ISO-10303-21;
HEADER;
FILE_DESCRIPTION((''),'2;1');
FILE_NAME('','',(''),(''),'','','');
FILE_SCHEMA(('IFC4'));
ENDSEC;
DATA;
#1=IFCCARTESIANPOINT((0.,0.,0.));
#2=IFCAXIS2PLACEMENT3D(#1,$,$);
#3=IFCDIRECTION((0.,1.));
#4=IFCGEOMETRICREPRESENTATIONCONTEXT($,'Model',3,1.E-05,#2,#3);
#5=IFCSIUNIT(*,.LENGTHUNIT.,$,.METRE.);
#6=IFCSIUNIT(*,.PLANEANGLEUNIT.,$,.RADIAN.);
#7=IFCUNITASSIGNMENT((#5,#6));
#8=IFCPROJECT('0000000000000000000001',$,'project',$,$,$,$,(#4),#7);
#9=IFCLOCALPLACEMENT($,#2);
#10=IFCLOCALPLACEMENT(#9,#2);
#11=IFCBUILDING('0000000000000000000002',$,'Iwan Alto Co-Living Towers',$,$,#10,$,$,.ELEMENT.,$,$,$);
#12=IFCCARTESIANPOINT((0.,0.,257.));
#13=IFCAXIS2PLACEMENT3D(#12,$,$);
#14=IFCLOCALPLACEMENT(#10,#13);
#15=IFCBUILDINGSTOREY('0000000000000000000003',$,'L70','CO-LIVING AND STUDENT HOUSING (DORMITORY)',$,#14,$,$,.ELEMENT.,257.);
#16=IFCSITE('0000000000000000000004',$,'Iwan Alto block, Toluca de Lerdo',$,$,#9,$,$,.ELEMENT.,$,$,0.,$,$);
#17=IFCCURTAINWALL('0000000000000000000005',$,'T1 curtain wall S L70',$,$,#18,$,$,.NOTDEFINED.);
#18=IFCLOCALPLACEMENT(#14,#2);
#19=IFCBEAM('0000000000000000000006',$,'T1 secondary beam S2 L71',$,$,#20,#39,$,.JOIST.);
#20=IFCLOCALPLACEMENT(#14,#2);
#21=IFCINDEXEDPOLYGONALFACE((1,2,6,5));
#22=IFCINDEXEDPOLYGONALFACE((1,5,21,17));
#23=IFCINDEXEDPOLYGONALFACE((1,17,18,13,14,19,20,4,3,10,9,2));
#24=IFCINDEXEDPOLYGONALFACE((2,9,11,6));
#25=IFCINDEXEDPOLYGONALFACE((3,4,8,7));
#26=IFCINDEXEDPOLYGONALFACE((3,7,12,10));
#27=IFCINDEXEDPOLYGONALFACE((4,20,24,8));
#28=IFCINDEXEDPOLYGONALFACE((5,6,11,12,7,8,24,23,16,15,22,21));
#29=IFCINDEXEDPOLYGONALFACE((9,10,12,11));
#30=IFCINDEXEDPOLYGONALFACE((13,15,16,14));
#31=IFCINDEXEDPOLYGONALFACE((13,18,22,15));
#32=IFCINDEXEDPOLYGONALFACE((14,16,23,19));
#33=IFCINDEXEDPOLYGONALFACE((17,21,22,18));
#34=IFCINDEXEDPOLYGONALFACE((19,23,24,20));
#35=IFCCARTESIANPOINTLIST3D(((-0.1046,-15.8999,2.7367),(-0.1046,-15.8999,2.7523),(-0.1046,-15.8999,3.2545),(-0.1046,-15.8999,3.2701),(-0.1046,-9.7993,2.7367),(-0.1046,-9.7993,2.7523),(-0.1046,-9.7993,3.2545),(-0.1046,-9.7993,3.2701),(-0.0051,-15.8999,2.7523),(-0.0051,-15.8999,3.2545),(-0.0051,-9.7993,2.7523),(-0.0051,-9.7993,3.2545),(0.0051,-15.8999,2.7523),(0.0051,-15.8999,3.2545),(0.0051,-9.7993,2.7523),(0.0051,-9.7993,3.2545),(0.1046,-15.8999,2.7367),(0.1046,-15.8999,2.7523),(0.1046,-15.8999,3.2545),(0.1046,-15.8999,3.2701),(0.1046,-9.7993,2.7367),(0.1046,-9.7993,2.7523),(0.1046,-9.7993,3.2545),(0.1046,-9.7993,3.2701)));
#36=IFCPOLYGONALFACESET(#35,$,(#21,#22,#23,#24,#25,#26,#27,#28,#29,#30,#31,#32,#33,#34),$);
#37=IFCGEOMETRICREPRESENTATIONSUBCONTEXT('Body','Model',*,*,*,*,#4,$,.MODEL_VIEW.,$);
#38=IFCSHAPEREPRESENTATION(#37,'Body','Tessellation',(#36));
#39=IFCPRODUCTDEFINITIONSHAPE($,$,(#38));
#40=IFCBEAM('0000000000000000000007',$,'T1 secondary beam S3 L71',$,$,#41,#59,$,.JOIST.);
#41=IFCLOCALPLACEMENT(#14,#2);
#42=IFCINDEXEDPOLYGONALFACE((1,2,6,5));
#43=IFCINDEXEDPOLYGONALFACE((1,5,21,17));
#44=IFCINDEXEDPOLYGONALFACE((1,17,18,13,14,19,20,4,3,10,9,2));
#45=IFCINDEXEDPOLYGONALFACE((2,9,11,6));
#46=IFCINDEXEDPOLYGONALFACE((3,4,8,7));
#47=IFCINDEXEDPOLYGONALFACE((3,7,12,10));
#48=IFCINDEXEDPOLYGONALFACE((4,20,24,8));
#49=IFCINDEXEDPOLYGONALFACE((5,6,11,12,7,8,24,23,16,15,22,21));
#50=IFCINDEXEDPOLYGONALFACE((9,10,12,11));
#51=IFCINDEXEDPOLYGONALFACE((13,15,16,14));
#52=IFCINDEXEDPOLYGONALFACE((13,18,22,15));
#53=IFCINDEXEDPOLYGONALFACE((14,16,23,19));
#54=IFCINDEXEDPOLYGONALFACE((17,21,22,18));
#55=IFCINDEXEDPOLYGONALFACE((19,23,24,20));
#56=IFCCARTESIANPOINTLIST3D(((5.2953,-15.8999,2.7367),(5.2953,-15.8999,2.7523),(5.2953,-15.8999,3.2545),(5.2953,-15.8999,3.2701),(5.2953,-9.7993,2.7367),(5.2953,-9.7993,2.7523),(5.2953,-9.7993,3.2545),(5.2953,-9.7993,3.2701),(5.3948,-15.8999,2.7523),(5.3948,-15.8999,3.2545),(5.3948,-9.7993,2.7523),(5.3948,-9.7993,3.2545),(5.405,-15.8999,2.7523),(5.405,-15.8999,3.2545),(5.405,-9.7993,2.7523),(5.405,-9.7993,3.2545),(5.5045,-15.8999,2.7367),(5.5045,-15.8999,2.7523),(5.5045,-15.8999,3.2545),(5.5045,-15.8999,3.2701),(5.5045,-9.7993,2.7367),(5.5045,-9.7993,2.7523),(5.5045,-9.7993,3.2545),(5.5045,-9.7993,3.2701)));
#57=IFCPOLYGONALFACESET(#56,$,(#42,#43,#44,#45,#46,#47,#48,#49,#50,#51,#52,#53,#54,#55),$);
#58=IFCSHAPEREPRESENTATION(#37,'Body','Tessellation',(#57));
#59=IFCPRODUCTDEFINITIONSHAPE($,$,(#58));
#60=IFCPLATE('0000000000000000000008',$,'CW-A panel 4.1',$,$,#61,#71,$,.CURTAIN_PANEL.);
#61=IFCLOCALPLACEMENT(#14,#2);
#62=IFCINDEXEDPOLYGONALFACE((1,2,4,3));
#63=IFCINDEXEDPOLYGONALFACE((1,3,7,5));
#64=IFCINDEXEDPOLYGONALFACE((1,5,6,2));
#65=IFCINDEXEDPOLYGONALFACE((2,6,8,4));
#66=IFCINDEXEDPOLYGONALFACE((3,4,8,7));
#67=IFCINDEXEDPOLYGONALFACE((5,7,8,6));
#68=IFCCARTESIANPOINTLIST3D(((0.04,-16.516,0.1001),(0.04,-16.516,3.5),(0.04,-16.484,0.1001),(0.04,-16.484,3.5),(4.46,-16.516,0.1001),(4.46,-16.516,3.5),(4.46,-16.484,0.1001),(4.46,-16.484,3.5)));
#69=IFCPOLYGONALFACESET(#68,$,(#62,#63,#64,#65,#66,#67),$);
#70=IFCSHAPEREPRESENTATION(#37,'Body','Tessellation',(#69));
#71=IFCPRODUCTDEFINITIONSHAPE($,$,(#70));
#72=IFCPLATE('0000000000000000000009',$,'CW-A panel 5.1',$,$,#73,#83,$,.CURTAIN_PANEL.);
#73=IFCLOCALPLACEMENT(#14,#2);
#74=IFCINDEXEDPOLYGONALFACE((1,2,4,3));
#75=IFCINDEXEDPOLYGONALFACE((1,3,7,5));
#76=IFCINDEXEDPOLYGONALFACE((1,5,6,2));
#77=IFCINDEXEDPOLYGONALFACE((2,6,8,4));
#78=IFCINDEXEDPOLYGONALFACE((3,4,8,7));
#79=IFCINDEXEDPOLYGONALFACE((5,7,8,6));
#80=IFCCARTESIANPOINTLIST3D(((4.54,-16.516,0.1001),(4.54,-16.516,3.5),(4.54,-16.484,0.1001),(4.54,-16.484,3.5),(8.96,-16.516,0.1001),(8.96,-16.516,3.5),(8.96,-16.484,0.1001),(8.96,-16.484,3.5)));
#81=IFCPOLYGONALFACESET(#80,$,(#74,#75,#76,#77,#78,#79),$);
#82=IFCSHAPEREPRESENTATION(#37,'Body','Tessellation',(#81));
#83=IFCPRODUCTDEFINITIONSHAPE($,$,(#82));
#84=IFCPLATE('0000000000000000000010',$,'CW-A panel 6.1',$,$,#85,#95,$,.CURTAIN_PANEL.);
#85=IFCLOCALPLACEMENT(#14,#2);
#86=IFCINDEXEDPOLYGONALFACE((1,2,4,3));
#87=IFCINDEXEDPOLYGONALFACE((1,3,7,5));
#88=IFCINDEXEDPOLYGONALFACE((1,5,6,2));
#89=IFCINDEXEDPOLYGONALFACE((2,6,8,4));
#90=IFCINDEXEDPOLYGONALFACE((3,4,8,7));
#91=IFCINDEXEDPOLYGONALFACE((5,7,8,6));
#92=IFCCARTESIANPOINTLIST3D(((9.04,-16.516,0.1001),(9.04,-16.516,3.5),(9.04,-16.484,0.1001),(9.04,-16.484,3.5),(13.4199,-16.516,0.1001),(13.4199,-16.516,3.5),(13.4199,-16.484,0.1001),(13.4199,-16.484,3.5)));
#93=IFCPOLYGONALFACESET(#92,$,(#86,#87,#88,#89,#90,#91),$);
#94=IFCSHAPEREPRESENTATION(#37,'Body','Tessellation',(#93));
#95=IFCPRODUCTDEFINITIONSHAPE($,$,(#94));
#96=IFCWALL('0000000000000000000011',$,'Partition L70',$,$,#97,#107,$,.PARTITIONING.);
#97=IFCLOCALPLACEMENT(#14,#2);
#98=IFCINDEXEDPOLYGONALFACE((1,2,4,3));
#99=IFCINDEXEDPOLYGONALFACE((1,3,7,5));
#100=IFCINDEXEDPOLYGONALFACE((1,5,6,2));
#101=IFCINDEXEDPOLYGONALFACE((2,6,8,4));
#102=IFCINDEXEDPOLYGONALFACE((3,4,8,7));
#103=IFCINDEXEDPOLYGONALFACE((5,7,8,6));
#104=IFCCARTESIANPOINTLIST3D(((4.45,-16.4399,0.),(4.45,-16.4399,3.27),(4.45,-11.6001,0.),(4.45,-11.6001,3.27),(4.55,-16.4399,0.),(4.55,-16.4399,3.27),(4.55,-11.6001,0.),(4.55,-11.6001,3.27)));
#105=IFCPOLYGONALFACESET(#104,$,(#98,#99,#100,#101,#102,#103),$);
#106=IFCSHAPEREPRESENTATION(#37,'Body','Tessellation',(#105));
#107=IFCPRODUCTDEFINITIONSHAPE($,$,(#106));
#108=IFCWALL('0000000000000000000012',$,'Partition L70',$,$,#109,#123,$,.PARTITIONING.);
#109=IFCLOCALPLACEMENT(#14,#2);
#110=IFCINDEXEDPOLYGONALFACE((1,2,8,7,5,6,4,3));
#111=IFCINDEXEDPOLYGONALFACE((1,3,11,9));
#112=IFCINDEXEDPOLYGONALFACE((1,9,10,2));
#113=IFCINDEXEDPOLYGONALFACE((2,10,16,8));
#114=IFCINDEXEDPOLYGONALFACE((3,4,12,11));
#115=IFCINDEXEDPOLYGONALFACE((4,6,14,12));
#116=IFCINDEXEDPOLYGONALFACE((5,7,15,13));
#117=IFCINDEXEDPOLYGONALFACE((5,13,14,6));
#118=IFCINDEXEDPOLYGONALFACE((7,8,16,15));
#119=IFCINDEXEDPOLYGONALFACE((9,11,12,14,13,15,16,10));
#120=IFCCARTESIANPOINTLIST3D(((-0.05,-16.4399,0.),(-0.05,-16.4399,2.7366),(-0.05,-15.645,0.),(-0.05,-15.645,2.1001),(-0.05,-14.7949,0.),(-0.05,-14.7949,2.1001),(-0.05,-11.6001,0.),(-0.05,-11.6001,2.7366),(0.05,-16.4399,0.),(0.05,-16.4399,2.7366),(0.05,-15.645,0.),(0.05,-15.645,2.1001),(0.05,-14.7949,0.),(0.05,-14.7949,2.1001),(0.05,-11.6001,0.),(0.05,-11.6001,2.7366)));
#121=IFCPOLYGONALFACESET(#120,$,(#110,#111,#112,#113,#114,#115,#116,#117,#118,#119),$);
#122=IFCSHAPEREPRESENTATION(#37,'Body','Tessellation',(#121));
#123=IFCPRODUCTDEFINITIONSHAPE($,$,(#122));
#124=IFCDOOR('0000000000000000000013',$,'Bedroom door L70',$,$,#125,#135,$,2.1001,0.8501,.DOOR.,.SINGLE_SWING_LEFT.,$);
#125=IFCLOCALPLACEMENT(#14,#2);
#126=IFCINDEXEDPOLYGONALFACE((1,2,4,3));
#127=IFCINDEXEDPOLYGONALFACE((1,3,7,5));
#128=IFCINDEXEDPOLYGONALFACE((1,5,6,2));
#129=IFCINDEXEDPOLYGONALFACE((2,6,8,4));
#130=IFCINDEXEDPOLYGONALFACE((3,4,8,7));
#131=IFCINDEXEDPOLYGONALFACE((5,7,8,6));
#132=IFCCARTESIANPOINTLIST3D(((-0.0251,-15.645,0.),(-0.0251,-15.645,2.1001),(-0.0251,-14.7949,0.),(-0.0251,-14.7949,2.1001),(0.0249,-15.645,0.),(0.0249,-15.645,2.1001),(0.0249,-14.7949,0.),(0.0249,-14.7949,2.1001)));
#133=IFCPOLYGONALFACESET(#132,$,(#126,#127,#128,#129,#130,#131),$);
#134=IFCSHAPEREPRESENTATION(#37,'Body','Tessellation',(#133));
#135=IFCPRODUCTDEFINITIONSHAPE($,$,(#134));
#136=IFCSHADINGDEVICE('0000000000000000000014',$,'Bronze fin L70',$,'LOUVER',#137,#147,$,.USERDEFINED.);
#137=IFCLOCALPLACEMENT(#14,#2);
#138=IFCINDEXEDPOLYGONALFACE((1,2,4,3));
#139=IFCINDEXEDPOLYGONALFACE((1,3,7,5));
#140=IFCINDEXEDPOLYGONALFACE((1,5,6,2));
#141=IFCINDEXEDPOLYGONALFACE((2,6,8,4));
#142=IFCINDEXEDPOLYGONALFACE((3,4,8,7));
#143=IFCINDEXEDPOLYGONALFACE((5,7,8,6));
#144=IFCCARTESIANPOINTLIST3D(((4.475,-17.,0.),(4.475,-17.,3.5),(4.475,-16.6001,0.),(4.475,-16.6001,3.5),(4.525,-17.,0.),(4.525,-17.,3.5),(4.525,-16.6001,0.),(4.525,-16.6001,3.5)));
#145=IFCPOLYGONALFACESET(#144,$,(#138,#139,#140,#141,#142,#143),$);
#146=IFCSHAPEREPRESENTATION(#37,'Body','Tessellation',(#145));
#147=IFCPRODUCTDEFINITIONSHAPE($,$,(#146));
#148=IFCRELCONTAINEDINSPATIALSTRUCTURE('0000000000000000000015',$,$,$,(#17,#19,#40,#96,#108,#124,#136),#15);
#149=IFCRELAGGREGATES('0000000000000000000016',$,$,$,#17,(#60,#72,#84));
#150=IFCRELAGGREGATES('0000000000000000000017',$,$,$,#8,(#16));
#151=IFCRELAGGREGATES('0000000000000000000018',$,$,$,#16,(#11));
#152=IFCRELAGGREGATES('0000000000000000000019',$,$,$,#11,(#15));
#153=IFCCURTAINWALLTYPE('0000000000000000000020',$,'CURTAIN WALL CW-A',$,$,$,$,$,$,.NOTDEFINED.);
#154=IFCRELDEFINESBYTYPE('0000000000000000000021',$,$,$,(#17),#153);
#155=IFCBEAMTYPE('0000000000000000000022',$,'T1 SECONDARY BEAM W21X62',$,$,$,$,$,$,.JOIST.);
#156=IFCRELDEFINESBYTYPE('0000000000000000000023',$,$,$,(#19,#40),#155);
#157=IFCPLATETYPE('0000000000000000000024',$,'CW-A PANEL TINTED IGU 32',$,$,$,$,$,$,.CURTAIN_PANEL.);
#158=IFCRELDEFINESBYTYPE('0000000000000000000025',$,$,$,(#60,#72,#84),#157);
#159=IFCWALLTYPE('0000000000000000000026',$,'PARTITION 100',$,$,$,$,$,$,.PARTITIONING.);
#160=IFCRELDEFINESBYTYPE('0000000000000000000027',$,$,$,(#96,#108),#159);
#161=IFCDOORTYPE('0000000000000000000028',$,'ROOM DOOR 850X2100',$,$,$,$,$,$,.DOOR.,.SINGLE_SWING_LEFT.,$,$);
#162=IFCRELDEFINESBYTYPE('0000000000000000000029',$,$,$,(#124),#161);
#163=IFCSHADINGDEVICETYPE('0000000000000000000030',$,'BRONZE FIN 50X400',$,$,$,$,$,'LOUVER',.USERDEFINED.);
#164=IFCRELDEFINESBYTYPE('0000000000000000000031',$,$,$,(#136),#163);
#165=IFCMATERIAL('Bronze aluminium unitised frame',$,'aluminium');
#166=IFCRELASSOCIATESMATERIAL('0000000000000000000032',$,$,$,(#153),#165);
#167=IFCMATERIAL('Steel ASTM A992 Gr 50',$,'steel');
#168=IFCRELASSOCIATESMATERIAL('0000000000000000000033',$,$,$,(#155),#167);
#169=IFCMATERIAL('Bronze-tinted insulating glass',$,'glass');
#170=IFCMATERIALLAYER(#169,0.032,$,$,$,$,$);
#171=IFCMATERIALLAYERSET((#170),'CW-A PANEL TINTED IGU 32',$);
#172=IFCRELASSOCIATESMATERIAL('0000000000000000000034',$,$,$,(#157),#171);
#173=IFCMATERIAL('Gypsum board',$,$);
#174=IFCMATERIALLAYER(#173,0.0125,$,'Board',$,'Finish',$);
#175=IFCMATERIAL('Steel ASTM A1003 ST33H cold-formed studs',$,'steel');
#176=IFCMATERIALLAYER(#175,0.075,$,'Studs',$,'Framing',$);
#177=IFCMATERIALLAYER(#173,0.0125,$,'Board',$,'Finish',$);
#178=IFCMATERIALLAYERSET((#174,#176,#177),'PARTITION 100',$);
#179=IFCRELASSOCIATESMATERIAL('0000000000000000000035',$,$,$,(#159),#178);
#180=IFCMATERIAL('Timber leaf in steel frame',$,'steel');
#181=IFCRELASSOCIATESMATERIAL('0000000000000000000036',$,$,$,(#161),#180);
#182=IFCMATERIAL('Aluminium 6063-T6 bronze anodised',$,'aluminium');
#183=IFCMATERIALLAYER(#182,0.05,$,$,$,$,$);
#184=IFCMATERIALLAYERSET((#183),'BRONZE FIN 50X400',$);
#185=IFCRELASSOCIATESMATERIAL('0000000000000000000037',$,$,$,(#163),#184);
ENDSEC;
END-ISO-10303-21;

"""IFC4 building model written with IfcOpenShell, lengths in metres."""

from ifc_helpers import new_model, si_unit, direction, frame, frame_2d, origin, origin_2d, place, context, subcontext, project, spatial, rectangle, i_section, extrude, material, layer, layer_set, material_profile, profile_set, type_object, element, fill, aggregate, save


model = new_model("IFC4")

# Units and contexts
model_context = context("Model", 3, precision=1e-05, world=origin(), true_north=direction((0.0, 1.0)))
body_context = subcontext(model_context, "Body", "Model", "MODEL_VIEW")
ifc_project = project(units=[si_unit("LENGTHUNIT", "METRE"), si_unit("PLANEANGLEUNIT", "RADIAN")], contexts=[model_context])

# Site, building, storey
site_placement = place(None, origin())
site = spatial("IfcSite", under=ifc_project, at=site_placement, Name="Iwan Alto block, Toluca de Lerdo", CompositionType="ELEMENT", RefElevation=0.0)
building_placement = place(site_placement, origin())
building = spatial("IfcBuilding", under=site, at=building_placement, Name="Iwan Alto Co-Living Towers", CompositionType="ELEMENT")
storey_placement = place(building_placement, frame((0.0, 0.0, 257.0)))
storey = spatial("IfcBuildingStorey", under=building, at=storey_placement, Name="L70", Description="CO-LIVING AND STUDENT HOUSING (DORMITORY)", CompositionType="ELEMENT", Elevation=257.0)

# Curtain wall
ifc_material_1 = material(Name="Bronze aluminium unitised frame", Category="aluminium")
curtain_wall_type = type_object("IfcCurtainWallType", Name="CURTAIN WALL CW-A", PredefinedType="NOTDEFINED", material=ifc_material_1)
curtain_wall_placement = place(storey_placement, origin())
curtain_wall = element("IfcCurtainWall", 1, at=curtain_wall_placement, inside=storey, type_object=curtain_wall_type, Name="T1 curtain wall S L70", PredefinedType="NOTDEFINED")

# Beams
ifc_material_2 = material(Name="Steel ASTM A992 Gr 50", Category="steel")
ifc_material_profile_1 = material_profile(ifc_material_2, i_section(OverallWidth=0.2092, OverallDepth=0.5334, WebThickness=0.0103, FlangeThickness=0.0156, at=origin_2d()), Name="W21X62")
ifc_profile_set_1 = profile_set([ifc_material_profile_1], Name="Steel ASTM A992 Gr 50")
beam_type_1 = type_object("IfcBeamType", Name="T1 SECONDARY BEAM W21X62", PredefinedType="JOIST", material=ifc_profile_set_1)
for number, where, z_axis, x_axis, name in (
    (2, (0.0, -15.8999, 3.0034), (0.0, 1.0, 0.0), (-1.0, 0.0, 0.0), "T1 secondary beam S2 L71"),
    (3, (5.3999, -15.8999, 3.0034), (0.0, 1.0, 0.0), (-1.0, 0.0, 0.0), "T1 secondary beam S3 L71"),
):
    element("IfcBeam", number, at=place(storey_placement, frame(where, z_axis=z_axis, x_axis=x_axis)), inside=storey, type_object=beam_type_1, Name=name, PredefinedType="JOIST", context=body_context, shape_type="SweptSolid", body=[
        extrude(i_section(OverallWidth=0.2092, OverallDepth=0.5334, WebThickness=0.0103, FlangeThickness=0.0156, at=origin_2d()), origin(), (0.0, 0.0, 1.0), 6.1006),
    ])

# Plates
ifc_material_3 = material(Name="Bronze-tinted insulating glass", Category="glass")
ifc_layer_1 = layer(ifc_material_3, 0.032)
ifc_layer_set_1 = layer_set([ifc_layer_1], Name="CW-A PANEL TINTED IGU 32")
plate_type = type_object("IfcPlateType", Name="CW-A PANEL TINTED IGU 32", PredefinedType="CURTAIN_PANEL", material=ifc_layer_set_1)
plate_1_placement = place(storey_placement, frame((2.25, -16.5, 0.1001), z_axis=(0.0, 0.0, 1.0), x_axis=(1.0, 0.0, 0.0)))
plate_1 = element("IfcPlate", 4, at=plate_1_placement, type_object=plate_type, Name="CW-A panel 4.1", PredefinedType="CURTAIN_PANEL", context=body_context, shape_type="SweptSolid", body=[
    extrude(rectangle(XDim=4.4199, YDim=0.032, at=origin_2d()), origin(), (0.0, 0.0, 1.0), 3.3999),
])
plate_2_placement = place(storey_placement, frame((6.75, -16.5, 0.1001), z_axis=(0.0, 0.0, 1.0), x_axis=(1.0, 0.0, 0.0)))
plate_2 = element("IfcPlate", 5, at=plate_2_placement, type_object=plate_type, Name="CW-A panel 5.1", PredefinedType="CURTAIN_PANEL", context=body_context, shape_type="SweptSolid", body=[
    extrude(rectangle(XDim=4.4199, YDim=0.032, at=origin_2d()), origin(), (0.0, 0.0, 1.0), 3.3999),
])
plate_3_placement = place(storey_placement, frame((11.23, -16.5, 0.1001), z_axis=(0.0, 0.0, 1.0), x_axis=(1.0, 0.0, 0.0)))
plate_3 = element("IfcPlate", 6, at=plate_3_placement, type_object=plate_type, Name="CW-A panel 6.1", PredefinedType="CURTAIN_PANEL", context=body_context, shape_type="SweptSolid", body=[
    extrude(rectangle(XDim=4.3799, YDim=0.032, at=origin_2d()), origin(), (0.0, 0.0, 1.0), 3.3999),
])
aggregate(curtain_wall, [plate_1, plate_2, plate_3])

# Wall
ifc_material_4 = material(Name="Gypsum board")
ifc_layer_2 = layer(ifc_material_4, 0.0125, Name="Board", Category="Finish")
ifc_material_5 = material(Name="Steel ASTM A1003 ST33H cold-formed studs", Category="steel")
ifc_layer_3 = layer(ifc_material_5, 0.075, Name="Studs", Category="Framing")
ifc_layer_4 = layer(ifc_material_4, 0.0125, Name="Board", Category="Finish")
ifc_layer_set_2 = layer_set([ifc_layer_2, ifc_layer_3, ifc_layer_4], Name="PARTITION 100")
wall_type = type_object("IfcWallType", Name="PARTITION 100", PredefinedType="PARTITIONING", material=ifc_layer_set_2)
wall_1_placement = place(storey_placement, frame((4.5, -16.4399, 0.0), z_axis=(0.0, 0.0, 1.0), x_axis=(0.0, 1.0, 0.0)))
element("IfcWall", 7, at=wall_1_placement, inside=storey, type_object=wall_type, Name="Partition L70", PredefinedType="PARTITIONING", context=body_context, shape_type="SweptSolid", body=[
    extrude(rectangle(XDim=4.8398, YDim=0.1001, at=frame_2d((2.4199, 0.0))), origin(), (0.0, 0.0, 1.0), 3.27),
])

# Wall, opening, door
wall_2_placement = place(storey_placement, frame((0.0, -16.4399, 0.0), z_axis=(0.0, 0.0, 1.0), x_axis=(0.0, 1.0, 0.0)))
wall_2 = element("IfcWall", 8, at=wall_2_placement, inside=storey, type_object=wall_type, Name="Partition L70", PredefinedType="PARTITIONING", context=body_context, shape_type="SweptSolid", body=[
    extrude(rectangle(XDim=4.8398, YDim=0.1001, at=frame_2d((2.4199, 0.0))), origin(), (0.0, 0.0, 1.0), 2.7366),
])
opening_placement = place(wall_2_placement, frame((0.7949, 0.0, 0.0)))
opening = element("IfcOpeningElement", 9, at=opening_placement, cuts=wall_2, PredefinedType="OPENING", context=body_context, shape_type="SweptSolid", body=[
    extrude(rectangle(XDim=0.8501, YDim=2.1001, at=frame_2d((0.425, 1.05))), frame((0.0, 0.0601, 0.0), z_axis=(0.0, -1.0, 0.0), x_axis=(1.0, 0.0, 0.0)), (0.0, 0.0, 1.0), 0.1201),
])
ifc_material_6 = material(Name="Timber leaf in steel frame", Category="steel")
door_type = type_object("IfcDoorType", Name="ROOM DOOR 850X2100", OperationType="SINGLE_SWING_LEFT", PredefinedType="DOOR", material=ifc_material_6)
door_placement = place(opening_placement, frame((0.8501, 0.0, 0.0), z_axis=(0.0, 0.0, 1.0), x_axis=(-1.0, 0.0, 0.0)))
door = element("IfcDoor", 10, at=door_placement, inside=storey, type_object=door_type, Name="Bedroom door L70", OperationType="SINGLE_SWING_LEFT", OverallHeight=2.1001, OverallWidth=0.8501, PredefinedType="DOOR", context=body_context, shape_type="SweptSolid", body=[
    extrude(rectangle(XDim=0.8501, YDim=2.1001, at=frame_2d((0.425, 1.05))), frame((0.0, 0.0249, 0.0), z_axis=(0.0, -1.0, 0.0), x_axis=(1.0, 0.0, 0.0)), (0.0, 0.0, 1.0), 0.05),
])
fill(opening, door)

# Shading device
ifc_material_7 = material(Name="Aluminium 6063-T6 bronze anodised", Category="aluminium")
ifc_layer_5 = layer(ifc_material_7, 0.05)
ifc_layer_set_3 = layer_set([ifc_layer_5], Name="BRONZE FIN 50X400")
shading_device_type = type_object("IfcShadingDeviceType", Name="BRONZE FIN 50X400", ElementType="LOUVER", PredefinedType="USERDEFINED", material=ifc_layer_set_3)
shading_device_placement = place(storey_placement, frame((4.5, -16.8, 0.0), z_axis=(0.0, 0.0, 1.0), x_axis=(1.0, 0.0, 0.0)))
element("IfcShadingDevice", 11, at=shading_device_placement, inside=storey, type_object=shading_device_type, Name="Bronze fin L70", ObjectType="LOUVER", PredefinedType="USERDEFINED", context=body_context, shape_type="SweptSolid", body=[
    extrude(rectangle(XDim=0.05, YDim=0.3999, at=origin_2d()), origin(), (0.0, 0.0, 1.0), 3.5),
])

save(model, "model.ifc")
